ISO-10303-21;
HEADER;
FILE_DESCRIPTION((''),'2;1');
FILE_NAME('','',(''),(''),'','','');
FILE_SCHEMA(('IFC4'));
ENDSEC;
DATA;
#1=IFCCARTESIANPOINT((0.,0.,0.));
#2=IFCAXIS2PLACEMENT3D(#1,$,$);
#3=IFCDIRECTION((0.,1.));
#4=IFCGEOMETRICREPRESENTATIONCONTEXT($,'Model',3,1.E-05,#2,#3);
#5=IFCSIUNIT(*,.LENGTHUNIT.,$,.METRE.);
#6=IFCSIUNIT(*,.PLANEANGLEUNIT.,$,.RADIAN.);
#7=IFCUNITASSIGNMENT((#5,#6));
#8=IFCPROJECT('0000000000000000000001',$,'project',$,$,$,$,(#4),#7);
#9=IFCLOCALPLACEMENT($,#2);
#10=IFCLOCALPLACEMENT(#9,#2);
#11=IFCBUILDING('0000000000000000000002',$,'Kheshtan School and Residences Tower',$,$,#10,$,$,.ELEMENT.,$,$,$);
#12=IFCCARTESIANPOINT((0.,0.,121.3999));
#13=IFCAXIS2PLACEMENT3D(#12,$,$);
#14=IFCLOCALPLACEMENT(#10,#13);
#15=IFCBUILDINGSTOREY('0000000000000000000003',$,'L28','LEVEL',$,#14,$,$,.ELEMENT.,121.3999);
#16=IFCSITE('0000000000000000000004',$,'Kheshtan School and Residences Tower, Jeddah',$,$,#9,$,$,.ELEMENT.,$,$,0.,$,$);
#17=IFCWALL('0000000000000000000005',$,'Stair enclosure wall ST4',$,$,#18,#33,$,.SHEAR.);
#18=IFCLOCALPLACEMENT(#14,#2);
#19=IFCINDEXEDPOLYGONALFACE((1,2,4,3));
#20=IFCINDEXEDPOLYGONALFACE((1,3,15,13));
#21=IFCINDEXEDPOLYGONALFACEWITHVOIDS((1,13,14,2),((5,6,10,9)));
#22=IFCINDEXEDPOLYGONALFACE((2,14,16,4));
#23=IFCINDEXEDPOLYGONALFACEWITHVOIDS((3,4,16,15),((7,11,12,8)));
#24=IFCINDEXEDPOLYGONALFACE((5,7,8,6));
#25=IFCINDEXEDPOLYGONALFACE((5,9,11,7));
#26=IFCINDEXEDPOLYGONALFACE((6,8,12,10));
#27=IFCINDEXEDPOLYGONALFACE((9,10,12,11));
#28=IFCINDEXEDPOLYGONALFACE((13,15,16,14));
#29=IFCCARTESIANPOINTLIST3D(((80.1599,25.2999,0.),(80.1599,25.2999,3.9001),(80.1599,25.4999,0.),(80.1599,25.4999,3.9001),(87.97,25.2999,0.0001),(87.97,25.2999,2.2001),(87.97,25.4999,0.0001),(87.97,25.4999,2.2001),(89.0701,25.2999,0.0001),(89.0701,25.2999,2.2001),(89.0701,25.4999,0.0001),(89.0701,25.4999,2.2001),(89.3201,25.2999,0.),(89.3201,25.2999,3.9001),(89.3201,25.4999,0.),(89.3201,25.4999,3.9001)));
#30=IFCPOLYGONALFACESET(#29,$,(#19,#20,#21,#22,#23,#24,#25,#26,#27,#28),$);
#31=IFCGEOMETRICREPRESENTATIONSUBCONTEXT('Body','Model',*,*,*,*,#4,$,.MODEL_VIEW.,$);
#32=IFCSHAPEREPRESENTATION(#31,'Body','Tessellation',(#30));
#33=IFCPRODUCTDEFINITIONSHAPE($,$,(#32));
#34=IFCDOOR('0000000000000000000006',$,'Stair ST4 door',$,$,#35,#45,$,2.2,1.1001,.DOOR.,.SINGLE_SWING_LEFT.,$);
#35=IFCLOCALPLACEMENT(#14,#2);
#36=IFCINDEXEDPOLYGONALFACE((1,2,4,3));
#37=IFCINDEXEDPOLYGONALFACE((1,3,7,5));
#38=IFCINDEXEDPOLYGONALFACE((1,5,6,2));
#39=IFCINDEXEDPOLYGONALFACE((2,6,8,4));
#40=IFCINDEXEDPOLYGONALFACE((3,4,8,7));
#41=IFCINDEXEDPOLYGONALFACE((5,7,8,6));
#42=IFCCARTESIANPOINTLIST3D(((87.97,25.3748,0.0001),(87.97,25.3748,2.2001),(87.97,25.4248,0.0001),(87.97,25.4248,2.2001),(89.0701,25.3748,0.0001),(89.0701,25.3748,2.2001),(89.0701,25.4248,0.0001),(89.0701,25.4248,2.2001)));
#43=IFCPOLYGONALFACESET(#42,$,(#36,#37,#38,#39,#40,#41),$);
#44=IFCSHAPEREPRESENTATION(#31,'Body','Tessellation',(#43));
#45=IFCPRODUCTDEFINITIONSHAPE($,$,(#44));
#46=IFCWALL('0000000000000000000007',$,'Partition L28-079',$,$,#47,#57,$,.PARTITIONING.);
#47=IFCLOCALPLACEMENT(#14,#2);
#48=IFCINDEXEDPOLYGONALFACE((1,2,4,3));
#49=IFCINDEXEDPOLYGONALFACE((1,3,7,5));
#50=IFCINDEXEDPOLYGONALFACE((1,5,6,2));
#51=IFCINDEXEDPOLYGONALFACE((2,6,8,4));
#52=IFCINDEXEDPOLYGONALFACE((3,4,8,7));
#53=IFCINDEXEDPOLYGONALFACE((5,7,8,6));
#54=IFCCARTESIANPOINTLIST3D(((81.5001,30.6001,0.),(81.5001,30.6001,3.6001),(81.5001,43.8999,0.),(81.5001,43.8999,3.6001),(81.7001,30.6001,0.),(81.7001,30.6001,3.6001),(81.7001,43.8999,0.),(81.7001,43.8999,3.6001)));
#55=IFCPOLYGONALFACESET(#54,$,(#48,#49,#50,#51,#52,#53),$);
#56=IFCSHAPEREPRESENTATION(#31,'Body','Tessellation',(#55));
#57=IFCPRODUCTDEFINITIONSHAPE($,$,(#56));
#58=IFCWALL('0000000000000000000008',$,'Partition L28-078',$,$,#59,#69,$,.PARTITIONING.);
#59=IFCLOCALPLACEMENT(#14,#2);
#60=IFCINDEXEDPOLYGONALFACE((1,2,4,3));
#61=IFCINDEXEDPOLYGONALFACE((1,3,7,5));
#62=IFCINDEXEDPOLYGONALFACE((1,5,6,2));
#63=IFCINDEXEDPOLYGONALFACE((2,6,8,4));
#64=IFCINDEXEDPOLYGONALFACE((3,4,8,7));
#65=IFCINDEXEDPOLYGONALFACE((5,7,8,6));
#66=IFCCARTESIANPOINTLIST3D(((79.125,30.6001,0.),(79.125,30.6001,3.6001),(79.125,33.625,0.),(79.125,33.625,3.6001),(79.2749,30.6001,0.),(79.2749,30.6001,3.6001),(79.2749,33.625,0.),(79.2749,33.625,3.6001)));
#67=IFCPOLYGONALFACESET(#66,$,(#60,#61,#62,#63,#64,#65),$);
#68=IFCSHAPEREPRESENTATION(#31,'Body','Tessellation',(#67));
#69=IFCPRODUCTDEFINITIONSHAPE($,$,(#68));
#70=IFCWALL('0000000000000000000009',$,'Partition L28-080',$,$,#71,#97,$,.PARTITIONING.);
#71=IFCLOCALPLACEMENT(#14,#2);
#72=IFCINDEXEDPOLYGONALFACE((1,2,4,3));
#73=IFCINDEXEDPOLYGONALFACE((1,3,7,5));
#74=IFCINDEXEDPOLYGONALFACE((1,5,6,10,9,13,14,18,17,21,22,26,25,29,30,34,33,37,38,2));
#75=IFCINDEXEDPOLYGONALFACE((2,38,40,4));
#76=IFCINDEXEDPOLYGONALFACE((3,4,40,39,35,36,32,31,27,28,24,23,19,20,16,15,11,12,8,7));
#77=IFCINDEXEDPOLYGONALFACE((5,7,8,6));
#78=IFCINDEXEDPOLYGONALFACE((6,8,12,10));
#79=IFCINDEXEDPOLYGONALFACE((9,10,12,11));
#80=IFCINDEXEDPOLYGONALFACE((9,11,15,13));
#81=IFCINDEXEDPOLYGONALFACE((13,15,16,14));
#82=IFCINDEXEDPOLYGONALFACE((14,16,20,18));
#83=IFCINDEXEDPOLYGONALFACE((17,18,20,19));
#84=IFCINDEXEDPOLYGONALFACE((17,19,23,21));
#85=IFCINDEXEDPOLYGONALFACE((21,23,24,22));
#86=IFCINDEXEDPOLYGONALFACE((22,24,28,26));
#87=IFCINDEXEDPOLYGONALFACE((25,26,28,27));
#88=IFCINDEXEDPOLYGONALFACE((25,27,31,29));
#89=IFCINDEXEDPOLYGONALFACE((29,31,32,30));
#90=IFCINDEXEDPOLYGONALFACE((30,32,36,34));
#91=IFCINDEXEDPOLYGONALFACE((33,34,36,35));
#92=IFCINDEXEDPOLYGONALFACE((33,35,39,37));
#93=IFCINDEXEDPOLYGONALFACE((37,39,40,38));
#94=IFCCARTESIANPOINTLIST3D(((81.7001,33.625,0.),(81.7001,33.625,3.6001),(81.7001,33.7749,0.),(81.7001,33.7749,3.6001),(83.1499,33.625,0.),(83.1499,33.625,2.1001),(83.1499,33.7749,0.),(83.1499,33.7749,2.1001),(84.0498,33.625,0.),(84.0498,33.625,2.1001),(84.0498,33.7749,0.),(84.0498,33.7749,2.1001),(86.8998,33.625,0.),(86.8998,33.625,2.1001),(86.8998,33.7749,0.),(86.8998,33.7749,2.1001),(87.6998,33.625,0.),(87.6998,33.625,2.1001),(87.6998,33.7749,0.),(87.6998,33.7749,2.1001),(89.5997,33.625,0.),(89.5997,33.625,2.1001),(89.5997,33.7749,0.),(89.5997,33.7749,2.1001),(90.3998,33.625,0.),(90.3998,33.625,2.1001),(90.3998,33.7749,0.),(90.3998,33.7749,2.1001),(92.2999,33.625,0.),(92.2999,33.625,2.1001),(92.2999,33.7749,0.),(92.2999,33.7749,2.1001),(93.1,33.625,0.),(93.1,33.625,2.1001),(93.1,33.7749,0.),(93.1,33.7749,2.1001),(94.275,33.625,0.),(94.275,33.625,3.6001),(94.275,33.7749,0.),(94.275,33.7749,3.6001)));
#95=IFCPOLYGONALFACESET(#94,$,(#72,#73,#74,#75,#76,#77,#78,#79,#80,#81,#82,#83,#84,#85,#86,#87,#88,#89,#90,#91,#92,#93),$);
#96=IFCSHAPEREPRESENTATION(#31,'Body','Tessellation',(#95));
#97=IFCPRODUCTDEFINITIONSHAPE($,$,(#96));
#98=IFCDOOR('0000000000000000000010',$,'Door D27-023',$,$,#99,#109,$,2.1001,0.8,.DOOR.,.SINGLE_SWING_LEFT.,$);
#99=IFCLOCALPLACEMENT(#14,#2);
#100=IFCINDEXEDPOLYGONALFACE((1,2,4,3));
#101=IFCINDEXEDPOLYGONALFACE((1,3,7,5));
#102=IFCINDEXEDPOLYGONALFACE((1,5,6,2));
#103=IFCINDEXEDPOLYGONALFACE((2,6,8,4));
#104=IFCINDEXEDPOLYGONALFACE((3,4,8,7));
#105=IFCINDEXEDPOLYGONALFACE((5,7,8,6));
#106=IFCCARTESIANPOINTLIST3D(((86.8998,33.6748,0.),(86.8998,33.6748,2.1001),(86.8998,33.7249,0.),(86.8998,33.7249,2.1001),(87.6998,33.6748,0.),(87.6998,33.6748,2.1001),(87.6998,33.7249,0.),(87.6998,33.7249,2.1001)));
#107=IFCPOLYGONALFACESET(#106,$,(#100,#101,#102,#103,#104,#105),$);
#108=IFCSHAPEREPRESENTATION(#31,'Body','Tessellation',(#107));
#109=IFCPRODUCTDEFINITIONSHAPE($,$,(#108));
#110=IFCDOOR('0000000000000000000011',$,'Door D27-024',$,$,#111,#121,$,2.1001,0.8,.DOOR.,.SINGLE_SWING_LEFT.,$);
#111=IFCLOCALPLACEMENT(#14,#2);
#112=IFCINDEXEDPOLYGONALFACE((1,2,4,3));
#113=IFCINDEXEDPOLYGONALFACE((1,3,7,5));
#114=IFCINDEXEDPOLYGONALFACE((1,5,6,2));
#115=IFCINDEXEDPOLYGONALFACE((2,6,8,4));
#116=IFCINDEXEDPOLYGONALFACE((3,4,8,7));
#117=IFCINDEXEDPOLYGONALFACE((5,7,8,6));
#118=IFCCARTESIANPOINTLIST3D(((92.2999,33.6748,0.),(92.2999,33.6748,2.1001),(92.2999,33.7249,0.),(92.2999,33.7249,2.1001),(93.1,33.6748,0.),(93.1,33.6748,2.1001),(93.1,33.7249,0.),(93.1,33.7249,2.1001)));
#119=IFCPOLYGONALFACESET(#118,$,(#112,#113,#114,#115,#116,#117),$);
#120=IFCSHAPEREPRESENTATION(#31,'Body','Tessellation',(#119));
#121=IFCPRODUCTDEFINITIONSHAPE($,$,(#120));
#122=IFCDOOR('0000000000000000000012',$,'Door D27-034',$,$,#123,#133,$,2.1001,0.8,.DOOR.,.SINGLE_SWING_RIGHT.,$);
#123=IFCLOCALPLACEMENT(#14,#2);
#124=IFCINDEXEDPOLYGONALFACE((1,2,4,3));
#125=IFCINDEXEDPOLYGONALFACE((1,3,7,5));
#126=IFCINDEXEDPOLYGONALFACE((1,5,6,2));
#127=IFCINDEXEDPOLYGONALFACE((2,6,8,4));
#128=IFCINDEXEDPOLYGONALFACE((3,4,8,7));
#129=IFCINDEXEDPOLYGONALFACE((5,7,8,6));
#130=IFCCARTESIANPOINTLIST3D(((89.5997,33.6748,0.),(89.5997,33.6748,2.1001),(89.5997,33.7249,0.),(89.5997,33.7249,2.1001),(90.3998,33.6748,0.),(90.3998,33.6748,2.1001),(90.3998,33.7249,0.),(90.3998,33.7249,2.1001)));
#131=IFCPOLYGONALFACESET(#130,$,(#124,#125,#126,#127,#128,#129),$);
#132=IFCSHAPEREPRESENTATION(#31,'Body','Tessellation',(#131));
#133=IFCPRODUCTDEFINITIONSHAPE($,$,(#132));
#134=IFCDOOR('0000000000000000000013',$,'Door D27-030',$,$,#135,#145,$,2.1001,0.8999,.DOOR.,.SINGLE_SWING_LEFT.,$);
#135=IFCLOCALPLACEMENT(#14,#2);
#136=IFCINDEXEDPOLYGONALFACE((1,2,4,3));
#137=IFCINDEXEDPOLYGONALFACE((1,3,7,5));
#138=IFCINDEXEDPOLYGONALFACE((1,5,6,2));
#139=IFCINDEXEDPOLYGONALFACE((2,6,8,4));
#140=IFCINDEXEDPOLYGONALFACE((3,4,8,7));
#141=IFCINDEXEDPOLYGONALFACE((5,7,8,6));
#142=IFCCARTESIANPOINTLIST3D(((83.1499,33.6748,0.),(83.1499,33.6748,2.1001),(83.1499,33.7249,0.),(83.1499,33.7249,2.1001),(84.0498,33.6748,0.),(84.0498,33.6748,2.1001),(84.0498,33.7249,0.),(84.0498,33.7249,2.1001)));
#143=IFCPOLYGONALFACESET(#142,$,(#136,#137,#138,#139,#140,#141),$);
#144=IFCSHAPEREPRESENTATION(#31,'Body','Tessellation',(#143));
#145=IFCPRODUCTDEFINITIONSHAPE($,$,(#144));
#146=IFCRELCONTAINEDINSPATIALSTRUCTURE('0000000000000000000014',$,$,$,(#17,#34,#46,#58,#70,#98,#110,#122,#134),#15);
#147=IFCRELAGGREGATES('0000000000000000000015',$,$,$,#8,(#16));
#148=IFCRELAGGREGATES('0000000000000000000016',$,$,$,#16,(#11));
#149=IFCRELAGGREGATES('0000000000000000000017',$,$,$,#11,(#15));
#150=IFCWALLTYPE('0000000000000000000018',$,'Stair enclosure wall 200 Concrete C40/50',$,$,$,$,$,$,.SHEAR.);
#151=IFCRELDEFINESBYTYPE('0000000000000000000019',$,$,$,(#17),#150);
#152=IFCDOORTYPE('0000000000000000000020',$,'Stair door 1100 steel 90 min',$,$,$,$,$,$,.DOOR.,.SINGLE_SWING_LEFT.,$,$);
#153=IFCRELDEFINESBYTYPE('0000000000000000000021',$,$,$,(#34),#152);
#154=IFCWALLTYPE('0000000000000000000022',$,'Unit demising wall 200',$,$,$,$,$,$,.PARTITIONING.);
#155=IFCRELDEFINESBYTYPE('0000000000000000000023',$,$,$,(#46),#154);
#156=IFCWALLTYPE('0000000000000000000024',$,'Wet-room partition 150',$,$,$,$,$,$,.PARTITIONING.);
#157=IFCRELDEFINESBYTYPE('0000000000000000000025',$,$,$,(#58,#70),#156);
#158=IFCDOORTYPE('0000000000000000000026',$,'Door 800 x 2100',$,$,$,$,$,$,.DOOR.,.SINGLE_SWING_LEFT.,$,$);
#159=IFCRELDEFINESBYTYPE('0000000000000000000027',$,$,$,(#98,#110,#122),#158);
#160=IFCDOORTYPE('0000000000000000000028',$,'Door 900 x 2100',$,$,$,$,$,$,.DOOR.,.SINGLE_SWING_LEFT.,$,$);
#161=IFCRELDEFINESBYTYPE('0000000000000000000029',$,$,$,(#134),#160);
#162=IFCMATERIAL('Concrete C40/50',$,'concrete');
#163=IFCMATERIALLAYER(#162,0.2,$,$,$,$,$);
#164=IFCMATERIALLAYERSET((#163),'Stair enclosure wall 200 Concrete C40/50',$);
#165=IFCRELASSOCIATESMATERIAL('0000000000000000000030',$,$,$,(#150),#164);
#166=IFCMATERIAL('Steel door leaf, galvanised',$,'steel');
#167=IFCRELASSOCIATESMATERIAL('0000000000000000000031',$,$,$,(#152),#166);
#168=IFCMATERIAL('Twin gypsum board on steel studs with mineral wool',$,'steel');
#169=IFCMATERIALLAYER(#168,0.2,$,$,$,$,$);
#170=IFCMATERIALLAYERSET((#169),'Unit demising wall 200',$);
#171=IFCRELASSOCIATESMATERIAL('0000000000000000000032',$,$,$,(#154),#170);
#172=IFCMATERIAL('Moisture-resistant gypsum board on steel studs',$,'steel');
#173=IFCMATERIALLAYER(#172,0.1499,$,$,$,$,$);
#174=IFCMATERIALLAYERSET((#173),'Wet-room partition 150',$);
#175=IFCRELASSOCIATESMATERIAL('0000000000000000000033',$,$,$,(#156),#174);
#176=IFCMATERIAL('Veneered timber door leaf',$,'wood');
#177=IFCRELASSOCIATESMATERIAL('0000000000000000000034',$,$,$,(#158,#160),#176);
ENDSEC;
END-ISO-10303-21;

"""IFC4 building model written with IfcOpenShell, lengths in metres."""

from ifc_helpers import new_model, si_unit, direction, frame, frame_2d, origin, place, context, subcontext, project, spatial, rectangle, extrude, source, transform, mapped, material, layer, layer_set, type_object, element, fill, save


model = new_model("IFC4")

# Units and contexts
model_context = context("Model", 3, precision=1e-05, world=origin(), true_north=direction((0.0, 1.0)))
body_context = subcontext(model_context, "Body", "Model", "MODEL_VIEW")
ifc_project = project(units=[si_unit("LENGTHUNIT", "METRE"), si_unit("PLANEANGLEUNIT", "RADIAN")], contexts=[model_context])

# Site, building, storey
site_placement = place(None, origin())
site = spatial("IfcSite", under=ifc_project, at=site_placement, Name="Kheshtan School and Residences Tower, Jeddah", CompositionType="ELEMENT", RefElevation=0.0)
building_placement = place(site_placement, origin())
building = spatial("IfcBuilding", under=site, at=building_placement, Name="Kheshtan School and Residences Tower", CompositionType="ELEMENT")
storey_placement = place(building_placement, frame((0.0, 0.0, 121.3999)))
storey = spatial("IfcBuildingStorey", under=building, at=storey_placement, Name="L28", Description="LEVEL", CompositionType="ELEMENT", Elevation=121.3999)

# Shared definitions
ifc_material_1 = material(Name="Steel door leaf, galvanised", Category="steel")

# Wall, opening, door
ifc_material_2 = material(Name="Concrete C40/50", Category="concrete")
ifc_layer_1 = layer(ifc_material_2, 0.2)
ifc_layer_set_1 = layer_set([ifc_layer_1], Name="Stair enclosure wall 200 Concrete C40/50")
wall_type_1 = type_object("IfcWallType", Name="Stair enclosure wall 200 Concrete C40/50", PredefinedType="SHEAR", material=ifc_layer_set_1)
wall_1_placement = place(storey_placement, frame((80.1599, 25.3999, 0.0), z_axis=(0.0, 0.0, 1.0), x_axis=(1.0, 0.0, 0.0)))
wall_1 = element("IfcWall", 1, at=wall_1_placement, inside=storey, type_object=wall_type_1, Name="Stair enclosure wall ST4", PredefinedType="SHEAR", context=body_context, shape_type="SweptSolid", body=[
    extrude(rectangle(XDim=9.1602, YDim=0.2, at=frame_2d((4.5801, 0.0))), origin(), (0.0, 0.0, 1.0), 3.9001),
])
opening_1_placement = place(wall_1_placement, frame((7.8101, 0.0, 0.0)))
opening_1 = element("IfcOpeningElement", 2, at=opening_1_placement, cuts=wall_1, PredefinedType="OPENING", context=body_context, shape_type="SweptSolid", body=[
    extrude(rectangle(XDim=1.1001, YDim=2.2, at=frame_2d((0.55, 1.1001))), frame((0.0, 0.1099, 0.0), z_axis=(0.0, -1.0, 0.0), x_axis=(1.0, 0.0, 0.0)), (0.0, 0.0, 1.0), 0.22),
])
door_type_1 = type_object("IfcDoorType", Name="Stair door 1100 steel 90 min", OperationType="SINGLE_SWING_LEFT", PredefinedType="DOOR", material=ifc_material_1)
shared_shape_1 = source(origin(), body_context, "Body", "SweptSolid", [
    extrude(rectangle(XDim=1.1001, YDim=2.2, at=frame_2d((0.55, 1.1001))), frame((0.0, 0.0249, 0.0), z_axis=(0.0, -1.0, 0.0), x_axis=(1.0, 0.0, 0.0)), (0.0, 0.0, 1.0), 0.05),
])
door_1_placement = place(opening_1_placement, origin())
door_1 = element("IfcDoor", 3, at=door_1_placement, inside=storey, type_object=door_type_1, Name="Stair ST4 door", OperationType="SINGLE_SWING_LEFT", OverallHeight=2.2, OverallWidth=1.1001, PredefinedType="DOOR", context=body_context, shape_type="MappedRepresentation", body=[
    mapped(shared_shape_1, transform((0.0, 0.0, 0.0), x_axis=(1.0, 0.0, 0.0), y_axis=(0.0, 1.0, 0.0), z_axis=(0.0, 0.0, 1.0), scale=1.0)),
])
fill(opening_1, door_1)

# Walls
ifc_material_3 = material(Name="Twin gypsum board on steel studs with mineral wool", Category="steel")
ifc_layer_2 = layer(ifc_material_3, 0.2)
ifc_layer_set_2 = layer_set([ifc_layer_2], Name="Unit demising wall 200")
wall_type_2 = type_object("IfcWallType", Name="Unit demising wall 200", PredefinedType="PARTITIONING", material=ifc_layer_set_2)
wall_2_placement = place(storey_placement, frame((81.6001, 30.6001, 0.0), z_axis=(0.0, 0.0, 1.0), x_axis=(0.0, 1.0, 0.0)))
element("IfcWall", 4, at=wall_2_placement, inside=storey, type_object=wall_type_2, Name="Partition L28-079", PredefinedType="PARTITIONING", context=body_context, shape_type="SweptSolid", body=[
    extrude(rectangle(XDim=13.2998, YDim=0.2, at=frame_2d((6.6499, 0.0))), origin(), (0.0, 0.0, 1.0), 3.6001),
])
ifc_material_4 = material(Name="Moisture-resistant gypsum board on steel studs", Category="steel")
ifc_layer_3 = layer(ifc_material_4, 0.1499)
ifc_layer_set_3 = layer_set([ifc_layer_3], Name="Wet-room partition 150")
wall_type_3 = type_object("IfcWallType", Name="Wet-room partition 150", PredefinedType="PARTITIONING", material=ifc_layer_set_3)
wall_3_placement = place(storey_placement, frame((79.2, 30.6001, 0.0), z_axis=(0.0, 0.0, 1.0), x_axis=(0.0, 1.0, 0.0)))
element("IfcWall", 5, at=wall_3_placement, inside=storey, type_object=wall_type_3, Name="Partition L28-078", PredefinedType="PARTITIONING", context=body_context, shape_type="SweptSolid", body=[
    extrude(rectangle(XDim=3.0249, YDim=0.1499, at=frame_2d((1.5125, 0.0))), origin(), (0.0, 0.0, 1.0), 3.6001),
])

# Wall, openings, doors
wall_4_placement = place(storey_placement, frame((81.7, 33.7, 0.0), z_axis=(0.0, 0.0, 1.0), x_axis=(1.0, 0.0, 0.0)))
wall_4 = element("IfcWall", 6, at=wall_4_placement, inside=storey, type_object=wall_type_3, Name="Partition L28-080", PredefinedType="PARTITIONING", context=body_context, shape_type="SweptSolid", body=[
    extrude(rectangle(XDim=12.575, YDim=0.1499, at=frame_2d((6.2876, 0.0))), origin(), (0.0, 0.0, 1.0), 3.6001),
])
opening_2_placement = place(wall_4_placement, frame((5.2, 0.0, 0.0)))
opening_2 = element("IfcOpeningElement", 7, at=opening_2_placement, cuts=wall_4, PredefinedType="OPENING", context=body_context, shape_type="SweptSolid", body=[
    extrude(rectangle(XDim=0.8, YDim=2.1001, at=frame_2d((0.3999, 1.05))), frame((0.0, 0.085, 0.0), z_axis=(0.0, -1.0, 0.0), x_axis=(1.0, 0.0, 0.0)), (0.0, 0.0, 1.0), 0.1699),
])
opening_3_placement = place(wall_4_placement, frame((10.6001, 0.0, 0.0)))
opening_3 = element("IfcOpeningElement", 8, at=opening_3_placement, cuts=wall_4, PredefinedType="OPENING", context=body_context, shape_type="SweptSolid", body=[
    extrude(rectangle(XDim=0.8, YDim=2.1001, at=frame_2d((0.3999, 1.05))), frame((0.0, 0.085, 0.0), z_axis=(0.0, -1.0, 0.0), x_axis=(1.0, 0.0, 0.0)), (0.0, 0.0, 1.0), 0.1699),
])
opening_4_placement = place(wall_4_placement, frame((1.45, 0.0, 0.0)))
opening_4 = element("IfcOpeningElement", 9, at=opening_4_placement, cuts=wall_4, PredefinedType="OPENING", context=body_context, shape_type="SweptSolid", body=[
    extrude(rectangle(XDim=0.8999, YDim=2.1001, at=frame_2d((0.45, 1.05))), frame((0.0, 0.085, 0.0), z_axis=(0.0, -1.0, 0.0), x_axis=(1.0, 0.0, 0.0)), (0.0, 0.0, 1.0), 0.1699),
])
opening_5_placement = place(wall_4_placement, frame((7.8999, 0.0, 0.0)))
opening_5 = element("IfcOpeningElement", 10, at=opening_5_placement, cuts=wall_4, PredefinedType="OPENING", context=body_context, shape_type="SweptSolid", body=[
    extrude(rectangle(XDim=0.8, YDim=2.1001, at=frame_2d((0.3999, 1.05))), frame((0.0, 0.085, 0.0), z_axis=(0.0, -1.0, 0.0), x_axis=(1.0, 0.0, 0.0)), (0.0, 0.0, 1.0), 0.1699),
])
ifc_material_5 = material(Name="Veneered timber door leaf", Category="wood")
door_type_2 = type_object("IfcDoorType", Name="Door 800 x 2100", OperationType="SINGLE_SWING_LEFT", PredefinedType="DOOR", material=ifc_material_5)
shared_shape_2 = source(origin(), body_context, "Body", "SweptSolid", [
    extrude(rectangle(XDim=0.8, YDim=2.1001, at=frame_2d((0.3999, 1.05))), frame((0.0, 0.0249, 0.0), z_axis=(0.0, -1.0, 0.0), x_axis=(1.0, 0.0, 0.0)), (0.0, 0.0, 1.0), 0.05),
])
door_2_placement = place(opening_2_placement, origin())
door_2 = element("IfcDoor", 11, at=door_2_placement, inside=storey, type_object=door_type_2, Name="Door D27-023", OperationType="SINGLE_SWING_LEFT", OverallHeight=2.1001, OverallWidth=0.8, PredefinedType="DOOR", context=body_context, shape_type="MappedRepresentation", body=[
    mapped(shared_shape_2, transform((0.0, 0.0, 0.0), x_axis=(1.0, 0.0, 0.0), y_axis=(0.0, 1.0, 0.0), z_axis=(0.0, 0.0, 1.0), scale=1.0)),
])
fill(opening_2, door_2)
door_3_placement = place(opening_3_placement, origin())
door_3 = element("IfcDoor", 12, at=door_3_placement, inside=storey, type_object=door_type_2, Name="Door D27-024", OperationType="SINGLE_SWING_LEFT", OverallHeight=2.1001, OverallWidth=0.8, PredefinedType="DOOR", context=body_context, shape_type="MappedRepresentation", body=[
    mapped(shared_shape_2, transform((0.0, 0.0, 0.0), x_axis=(1.0, 0.0, 0.0), y_axis=(0.0, 1.0, 0.0), z_axis=(0.0, 0.0, 1.0), scale=1.0)),
])
fill(opening_3, door_3)
door_4_placement = place(opening_5_placement, origin())
door_4 = element("IfcDoor", 13, at=door_4_placement, inside=storey, type_object=door_type_2, Name="Door D27-034", OperationType="SINGLE_SWING_RIGHT", OverallHeight=2.1001, OverallWidth=0.8, PredefinedType="DOOR", context=body_context, shape_type="MappedRepresentation", body=[
    mapped(shared_shape_2, transform((0.0, 0.0, 0.0), x_axis=(1.0, 0.0, 0.0), y_axis=(0.0, 1.0, 0.0), z_axis=(0.0, 0.0, 1.0), scale=1.0)),
])
fill(opening_5, door_4)
door_type_3 = type_object("IfcDoorType", Name="Door 900 x 2100", OperationType="SINGLE_SWING_LEFT", PredefinedType="DOOR", material=ifc_material_5)
shared_shape_3 = source(origin(), body_context, "Body", "SweptSolid", [
    extrude(rectangle(XDim=0.8999, YDim=2.1001, at=frame_2d((0.45, 1.05))), frame((0.0, 0.0249, 0.0), z_axis=(0.0, -1.0, 0.0), x_axis=(1.0, 0.0, 0.0)), (0.0, 0.0, 1.0), 0.05),
])
door_5_placement = place(opening_4_placement, origin())
door_5 = element("IfcDoor", 14, at=door_5_placement, inside=storey, type_object=door_type_3, Name="Door D27-030", OperationType="SINGLE_SWING_LEFT", OverallHeight=2.1001, OverallWidth=0.8999, PredefinedType="DOOR", context=body_context, shape_type="MappedRepresentation", body=[
    mapped(shared_shape_3, transform((0.0, 0.0, 0.0), x_axis=(1.0, 0.0, 0.0), y_axis=(0.0, 1.0, 0.0), z_axis=(0.0, 0.0, 1.0), scale=1.0)),
])
fill(opening_4, door_5)

save(model, "model.ifc")
